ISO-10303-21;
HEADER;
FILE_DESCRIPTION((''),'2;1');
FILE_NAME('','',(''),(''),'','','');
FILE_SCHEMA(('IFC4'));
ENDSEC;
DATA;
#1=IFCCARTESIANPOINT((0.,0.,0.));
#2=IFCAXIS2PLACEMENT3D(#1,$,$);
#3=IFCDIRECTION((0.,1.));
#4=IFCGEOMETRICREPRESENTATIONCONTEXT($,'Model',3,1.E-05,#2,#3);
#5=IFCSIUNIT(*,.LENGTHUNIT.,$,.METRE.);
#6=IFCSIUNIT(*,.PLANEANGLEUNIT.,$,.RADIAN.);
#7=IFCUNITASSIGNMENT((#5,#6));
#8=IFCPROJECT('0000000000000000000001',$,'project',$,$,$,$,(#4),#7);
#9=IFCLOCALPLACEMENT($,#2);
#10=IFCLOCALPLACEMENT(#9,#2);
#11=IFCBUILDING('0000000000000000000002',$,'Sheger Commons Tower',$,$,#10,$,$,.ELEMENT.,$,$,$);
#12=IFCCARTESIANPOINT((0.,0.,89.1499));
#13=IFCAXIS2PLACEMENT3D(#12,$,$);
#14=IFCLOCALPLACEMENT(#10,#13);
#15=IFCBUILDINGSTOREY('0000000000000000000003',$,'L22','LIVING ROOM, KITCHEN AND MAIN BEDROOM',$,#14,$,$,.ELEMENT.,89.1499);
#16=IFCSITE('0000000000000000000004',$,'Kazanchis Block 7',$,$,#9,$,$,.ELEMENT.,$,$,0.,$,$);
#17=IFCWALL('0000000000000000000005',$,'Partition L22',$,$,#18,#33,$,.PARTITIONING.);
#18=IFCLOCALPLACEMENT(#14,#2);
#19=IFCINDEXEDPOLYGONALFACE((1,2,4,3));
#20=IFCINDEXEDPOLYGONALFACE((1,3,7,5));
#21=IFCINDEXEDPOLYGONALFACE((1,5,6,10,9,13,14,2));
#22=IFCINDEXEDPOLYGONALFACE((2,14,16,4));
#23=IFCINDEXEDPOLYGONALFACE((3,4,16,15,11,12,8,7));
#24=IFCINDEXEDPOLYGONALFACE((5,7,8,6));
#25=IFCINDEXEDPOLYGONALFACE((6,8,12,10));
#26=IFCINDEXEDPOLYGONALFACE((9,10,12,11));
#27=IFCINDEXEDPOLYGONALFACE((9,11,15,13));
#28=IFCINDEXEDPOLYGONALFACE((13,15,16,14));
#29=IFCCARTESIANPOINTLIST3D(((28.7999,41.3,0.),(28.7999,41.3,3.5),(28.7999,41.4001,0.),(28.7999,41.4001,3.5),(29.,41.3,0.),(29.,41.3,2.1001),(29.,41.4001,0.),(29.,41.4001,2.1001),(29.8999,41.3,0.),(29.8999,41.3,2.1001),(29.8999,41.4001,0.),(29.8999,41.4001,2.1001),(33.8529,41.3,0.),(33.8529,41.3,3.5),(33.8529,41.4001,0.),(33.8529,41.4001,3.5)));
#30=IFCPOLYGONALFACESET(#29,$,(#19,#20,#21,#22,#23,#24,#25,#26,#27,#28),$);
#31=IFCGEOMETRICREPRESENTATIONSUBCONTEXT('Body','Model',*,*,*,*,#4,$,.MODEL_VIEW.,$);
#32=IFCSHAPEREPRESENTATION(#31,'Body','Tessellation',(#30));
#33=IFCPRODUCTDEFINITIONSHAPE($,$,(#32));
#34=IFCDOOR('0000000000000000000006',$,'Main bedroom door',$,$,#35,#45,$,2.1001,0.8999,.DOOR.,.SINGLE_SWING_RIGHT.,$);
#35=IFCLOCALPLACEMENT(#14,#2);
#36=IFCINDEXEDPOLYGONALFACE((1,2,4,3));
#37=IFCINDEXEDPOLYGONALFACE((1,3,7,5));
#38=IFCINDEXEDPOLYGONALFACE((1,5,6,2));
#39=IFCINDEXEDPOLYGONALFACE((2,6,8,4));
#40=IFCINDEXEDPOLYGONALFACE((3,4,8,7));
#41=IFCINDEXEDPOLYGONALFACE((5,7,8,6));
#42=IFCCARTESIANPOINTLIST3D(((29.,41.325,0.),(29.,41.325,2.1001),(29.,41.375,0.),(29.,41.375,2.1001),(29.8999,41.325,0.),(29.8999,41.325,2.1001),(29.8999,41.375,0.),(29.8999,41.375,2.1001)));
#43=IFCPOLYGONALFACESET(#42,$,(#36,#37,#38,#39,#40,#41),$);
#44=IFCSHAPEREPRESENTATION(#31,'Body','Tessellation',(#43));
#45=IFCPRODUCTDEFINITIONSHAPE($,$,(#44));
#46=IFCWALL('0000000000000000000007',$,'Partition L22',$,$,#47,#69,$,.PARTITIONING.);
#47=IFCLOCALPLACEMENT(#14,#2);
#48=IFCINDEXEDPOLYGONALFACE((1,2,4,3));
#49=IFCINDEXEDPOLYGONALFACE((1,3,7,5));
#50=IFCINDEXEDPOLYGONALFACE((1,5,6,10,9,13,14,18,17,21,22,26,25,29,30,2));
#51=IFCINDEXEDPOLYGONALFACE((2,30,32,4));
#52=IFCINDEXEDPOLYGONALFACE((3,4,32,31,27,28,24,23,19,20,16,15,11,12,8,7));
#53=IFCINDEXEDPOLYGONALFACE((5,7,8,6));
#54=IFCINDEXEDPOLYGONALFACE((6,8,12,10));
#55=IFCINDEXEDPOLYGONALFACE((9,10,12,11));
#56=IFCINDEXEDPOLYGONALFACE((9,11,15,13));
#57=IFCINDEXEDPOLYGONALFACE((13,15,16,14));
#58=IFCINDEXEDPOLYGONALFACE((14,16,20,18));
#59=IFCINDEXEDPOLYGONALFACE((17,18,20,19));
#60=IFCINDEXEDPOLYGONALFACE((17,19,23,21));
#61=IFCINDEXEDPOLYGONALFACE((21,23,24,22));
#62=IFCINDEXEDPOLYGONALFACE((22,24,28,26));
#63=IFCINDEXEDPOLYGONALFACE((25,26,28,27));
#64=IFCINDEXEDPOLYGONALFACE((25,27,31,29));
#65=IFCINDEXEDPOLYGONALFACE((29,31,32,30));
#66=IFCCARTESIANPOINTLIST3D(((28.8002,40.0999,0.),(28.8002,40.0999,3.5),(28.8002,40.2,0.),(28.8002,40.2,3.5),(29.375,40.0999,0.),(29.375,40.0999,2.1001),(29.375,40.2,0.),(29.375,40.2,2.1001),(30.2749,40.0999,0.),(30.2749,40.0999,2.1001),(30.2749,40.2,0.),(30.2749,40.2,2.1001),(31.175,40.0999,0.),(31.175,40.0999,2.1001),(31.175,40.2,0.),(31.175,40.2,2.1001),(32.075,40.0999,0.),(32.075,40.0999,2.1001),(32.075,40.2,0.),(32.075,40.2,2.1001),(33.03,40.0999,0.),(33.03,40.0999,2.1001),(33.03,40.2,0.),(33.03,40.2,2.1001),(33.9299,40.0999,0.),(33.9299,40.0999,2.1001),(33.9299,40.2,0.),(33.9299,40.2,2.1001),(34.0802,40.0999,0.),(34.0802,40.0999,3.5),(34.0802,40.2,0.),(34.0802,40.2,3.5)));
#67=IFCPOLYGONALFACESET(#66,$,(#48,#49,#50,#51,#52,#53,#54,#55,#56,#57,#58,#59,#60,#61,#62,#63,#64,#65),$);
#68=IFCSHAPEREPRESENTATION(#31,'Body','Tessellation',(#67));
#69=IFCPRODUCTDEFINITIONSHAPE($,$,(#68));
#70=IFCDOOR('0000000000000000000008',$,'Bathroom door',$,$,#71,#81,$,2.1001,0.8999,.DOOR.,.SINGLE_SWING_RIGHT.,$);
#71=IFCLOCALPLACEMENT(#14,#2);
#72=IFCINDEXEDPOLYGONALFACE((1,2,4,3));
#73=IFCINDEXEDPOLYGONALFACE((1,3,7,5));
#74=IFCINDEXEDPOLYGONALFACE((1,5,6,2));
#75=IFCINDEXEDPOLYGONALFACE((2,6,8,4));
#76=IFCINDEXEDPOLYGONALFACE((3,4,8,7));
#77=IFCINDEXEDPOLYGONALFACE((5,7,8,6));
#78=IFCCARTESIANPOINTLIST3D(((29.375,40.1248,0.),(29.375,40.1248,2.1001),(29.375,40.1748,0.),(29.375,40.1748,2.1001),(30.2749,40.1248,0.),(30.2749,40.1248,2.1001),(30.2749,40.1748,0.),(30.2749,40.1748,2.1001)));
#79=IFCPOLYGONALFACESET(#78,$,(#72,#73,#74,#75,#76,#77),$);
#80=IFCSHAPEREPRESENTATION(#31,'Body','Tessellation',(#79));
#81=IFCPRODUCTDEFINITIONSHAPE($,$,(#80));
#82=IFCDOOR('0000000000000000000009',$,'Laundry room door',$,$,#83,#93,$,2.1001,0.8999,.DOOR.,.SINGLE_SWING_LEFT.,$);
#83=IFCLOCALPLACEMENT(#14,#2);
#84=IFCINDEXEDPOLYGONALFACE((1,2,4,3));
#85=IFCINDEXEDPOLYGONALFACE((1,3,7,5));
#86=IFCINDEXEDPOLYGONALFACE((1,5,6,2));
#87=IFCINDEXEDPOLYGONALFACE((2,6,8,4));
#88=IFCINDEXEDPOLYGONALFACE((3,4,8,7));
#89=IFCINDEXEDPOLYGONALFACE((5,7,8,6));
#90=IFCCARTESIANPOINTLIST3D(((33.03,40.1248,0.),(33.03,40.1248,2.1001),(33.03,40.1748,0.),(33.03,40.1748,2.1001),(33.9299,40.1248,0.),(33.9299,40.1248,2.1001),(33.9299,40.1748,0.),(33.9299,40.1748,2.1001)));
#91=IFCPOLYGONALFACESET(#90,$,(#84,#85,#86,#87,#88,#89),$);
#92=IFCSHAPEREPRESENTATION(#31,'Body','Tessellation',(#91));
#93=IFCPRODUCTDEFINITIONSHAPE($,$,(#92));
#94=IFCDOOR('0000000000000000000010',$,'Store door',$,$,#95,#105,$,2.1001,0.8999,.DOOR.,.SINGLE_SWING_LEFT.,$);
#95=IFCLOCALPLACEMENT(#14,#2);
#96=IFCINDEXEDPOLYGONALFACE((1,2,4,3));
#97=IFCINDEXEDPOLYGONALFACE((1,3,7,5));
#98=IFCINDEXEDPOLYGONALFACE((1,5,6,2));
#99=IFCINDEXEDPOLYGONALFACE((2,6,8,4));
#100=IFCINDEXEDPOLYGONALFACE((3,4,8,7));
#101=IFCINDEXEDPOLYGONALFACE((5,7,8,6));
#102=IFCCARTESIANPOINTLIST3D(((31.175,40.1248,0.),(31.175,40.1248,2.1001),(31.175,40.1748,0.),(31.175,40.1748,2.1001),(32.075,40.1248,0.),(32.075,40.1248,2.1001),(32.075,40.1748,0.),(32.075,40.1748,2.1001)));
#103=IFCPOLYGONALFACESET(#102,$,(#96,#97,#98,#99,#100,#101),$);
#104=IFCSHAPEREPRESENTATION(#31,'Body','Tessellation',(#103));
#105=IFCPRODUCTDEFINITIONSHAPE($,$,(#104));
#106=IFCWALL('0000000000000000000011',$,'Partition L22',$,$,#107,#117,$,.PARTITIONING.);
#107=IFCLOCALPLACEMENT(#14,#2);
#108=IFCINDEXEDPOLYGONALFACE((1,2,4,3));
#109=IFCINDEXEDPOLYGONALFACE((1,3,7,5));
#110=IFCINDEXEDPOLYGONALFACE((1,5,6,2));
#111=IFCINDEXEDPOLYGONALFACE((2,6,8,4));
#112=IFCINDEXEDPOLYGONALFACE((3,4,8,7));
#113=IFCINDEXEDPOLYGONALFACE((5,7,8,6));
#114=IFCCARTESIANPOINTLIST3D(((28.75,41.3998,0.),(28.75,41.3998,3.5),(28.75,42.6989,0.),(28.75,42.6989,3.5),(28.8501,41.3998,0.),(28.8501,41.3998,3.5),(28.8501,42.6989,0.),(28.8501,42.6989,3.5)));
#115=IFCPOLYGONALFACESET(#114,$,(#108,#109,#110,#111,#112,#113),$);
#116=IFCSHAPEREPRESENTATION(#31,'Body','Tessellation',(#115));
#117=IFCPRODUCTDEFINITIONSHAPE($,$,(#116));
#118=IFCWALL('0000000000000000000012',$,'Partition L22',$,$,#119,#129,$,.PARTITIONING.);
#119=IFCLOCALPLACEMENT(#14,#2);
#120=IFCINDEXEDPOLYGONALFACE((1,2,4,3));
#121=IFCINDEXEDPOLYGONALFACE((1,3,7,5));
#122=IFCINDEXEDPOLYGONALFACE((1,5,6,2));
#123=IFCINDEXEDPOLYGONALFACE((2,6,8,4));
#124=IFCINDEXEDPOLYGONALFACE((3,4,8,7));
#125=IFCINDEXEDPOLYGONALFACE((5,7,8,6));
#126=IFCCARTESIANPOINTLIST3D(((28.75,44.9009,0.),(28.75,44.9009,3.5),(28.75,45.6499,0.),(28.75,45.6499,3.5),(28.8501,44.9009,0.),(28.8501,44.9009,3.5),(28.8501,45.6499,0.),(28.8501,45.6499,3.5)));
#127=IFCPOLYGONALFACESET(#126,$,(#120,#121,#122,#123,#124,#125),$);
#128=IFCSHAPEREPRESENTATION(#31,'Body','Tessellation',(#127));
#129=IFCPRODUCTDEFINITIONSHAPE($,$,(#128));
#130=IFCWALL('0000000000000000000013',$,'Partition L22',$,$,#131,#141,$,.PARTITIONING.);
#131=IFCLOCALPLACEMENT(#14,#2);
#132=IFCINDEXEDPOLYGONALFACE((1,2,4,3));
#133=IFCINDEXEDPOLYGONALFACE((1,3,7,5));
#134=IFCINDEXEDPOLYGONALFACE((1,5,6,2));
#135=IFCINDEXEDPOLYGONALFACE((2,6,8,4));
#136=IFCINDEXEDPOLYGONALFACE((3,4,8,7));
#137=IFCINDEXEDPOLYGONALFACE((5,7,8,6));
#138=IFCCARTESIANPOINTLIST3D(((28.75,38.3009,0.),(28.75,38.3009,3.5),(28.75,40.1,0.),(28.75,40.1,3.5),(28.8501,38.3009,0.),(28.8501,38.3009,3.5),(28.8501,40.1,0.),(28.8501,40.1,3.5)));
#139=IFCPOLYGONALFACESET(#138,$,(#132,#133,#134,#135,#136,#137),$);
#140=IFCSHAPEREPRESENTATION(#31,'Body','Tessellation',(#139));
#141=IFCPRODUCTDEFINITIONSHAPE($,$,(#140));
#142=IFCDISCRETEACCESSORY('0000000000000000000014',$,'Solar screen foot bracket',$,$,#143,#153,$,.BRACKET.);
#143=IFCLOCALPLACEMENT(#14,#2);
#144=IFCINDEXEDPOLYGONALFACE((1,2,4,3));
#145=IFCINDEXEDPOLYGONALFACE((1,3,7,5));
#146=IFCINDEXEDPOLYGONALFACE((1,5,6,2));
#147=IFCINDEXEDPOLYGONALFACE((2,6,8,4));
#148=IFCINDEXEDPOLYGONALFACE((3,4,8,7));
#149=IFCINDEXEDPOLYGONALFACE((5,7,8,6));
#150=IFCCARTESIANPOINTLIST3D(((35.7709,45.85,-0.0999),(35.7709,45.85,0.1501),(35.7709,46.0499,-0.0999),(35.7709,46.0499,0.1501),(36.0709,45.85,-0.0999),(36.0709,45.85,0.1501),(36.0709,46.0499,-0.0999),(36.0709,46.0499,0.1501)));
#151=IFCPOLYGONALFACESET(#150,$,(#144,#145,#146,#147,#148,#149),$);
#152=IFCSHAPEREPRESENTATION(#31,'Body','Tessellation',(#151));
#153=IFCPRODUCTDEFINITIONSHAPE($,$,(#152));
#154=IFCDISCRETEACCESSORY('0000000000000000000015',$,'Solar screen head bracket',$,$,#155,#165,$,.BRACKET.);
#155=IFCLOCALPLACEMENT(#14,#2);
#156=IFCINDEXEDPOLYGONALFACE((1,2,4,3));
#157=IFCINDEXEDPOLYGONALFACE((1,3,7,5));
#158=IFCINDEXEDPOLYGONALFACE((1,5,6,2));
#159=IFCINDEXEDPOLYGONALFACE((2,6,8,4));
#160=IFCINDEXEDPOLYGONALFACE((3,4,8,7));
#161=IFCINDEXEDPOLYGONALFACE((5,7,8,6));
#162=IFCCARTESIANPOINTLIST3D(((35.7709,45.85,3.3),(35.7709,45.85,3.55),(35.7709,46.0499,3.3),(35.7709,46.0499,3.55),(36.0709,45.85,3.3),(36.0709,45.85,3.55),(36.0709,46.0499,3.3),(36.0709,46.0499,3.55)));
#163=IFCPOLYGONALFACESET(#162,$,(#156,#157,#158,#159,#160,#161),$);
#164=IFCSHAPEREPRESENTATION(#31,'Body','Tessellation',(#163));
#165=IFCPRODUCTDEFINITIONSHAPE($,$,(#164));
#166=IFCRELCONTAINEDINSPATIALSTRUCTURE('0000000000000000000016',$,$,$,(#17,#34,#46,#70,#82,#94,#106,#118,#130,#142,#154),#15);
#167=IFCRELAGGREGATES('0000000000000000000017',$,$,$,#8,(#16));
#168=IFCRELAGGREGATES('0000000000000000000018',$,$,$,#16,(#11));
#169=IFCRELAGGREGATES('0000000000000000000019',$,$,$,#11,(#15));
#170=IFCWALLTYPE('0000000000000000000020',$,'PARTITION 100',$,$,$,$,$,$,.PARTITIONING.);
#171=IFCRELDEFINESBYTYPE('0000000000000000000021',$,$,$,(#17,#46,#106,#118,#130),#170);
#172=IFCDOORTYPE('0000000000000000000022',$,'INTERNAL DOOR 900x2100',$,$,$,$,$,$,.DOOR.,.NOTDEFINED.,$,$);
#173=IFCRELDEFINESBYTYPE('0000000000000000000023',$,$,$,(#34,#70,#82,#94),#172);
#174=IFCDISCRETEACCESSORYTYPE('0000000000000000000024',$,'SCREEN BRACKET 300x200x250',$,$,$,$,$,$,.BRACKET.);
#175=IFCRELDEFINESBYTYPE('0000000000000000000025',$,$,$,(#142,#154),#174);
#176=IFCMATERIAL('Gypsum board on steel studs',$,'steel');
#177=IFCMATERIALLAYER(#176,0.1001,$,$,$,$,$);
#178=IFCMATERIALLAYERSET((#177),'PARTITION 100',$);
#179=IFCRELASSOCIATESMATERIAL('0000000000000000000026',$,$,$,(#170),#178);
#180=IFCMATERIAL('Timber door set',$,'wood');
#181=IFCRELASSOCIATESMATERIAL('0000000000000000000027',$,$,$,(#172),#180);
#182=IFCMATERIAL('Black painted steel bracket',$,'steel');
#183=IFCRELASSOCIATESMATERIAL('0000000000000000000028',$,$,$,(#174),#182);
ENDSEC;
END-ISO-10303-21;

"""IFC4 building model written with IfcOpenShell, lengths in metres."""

from ifc_helpers import new_model, si_unit, direction, frame, frame_2d, origin, origin_2d, place, context, subcontext, project, spatial, rectangle, extrude, material, layer, layer_set, type_object, element, fill, save


model = new_model("IFC4")

# Units and contexts
model_context = context("Model", 3, precision=1e-05, world=origin(), true_north=direction((0.0, 1.0)))
body_context = subcontext(model_context, "Body", "Model", "MODEL_VIEW")
ifc_project = project(units=[si_unit("LENGTHUNIT", "METRE"), si_unit("PLANEANGLEUNIT", "RADIAN")], contexts=[model_context])

# Site, building, storey
site_placement = place(None, origin())
site = spatial("IfcSite", under=ifc_project, at=site_placement, Name="Kazanchis Block 7", CompositionType="ELEMENT", RefElevation=0.0)
building_placement = place(site_placement, origin())
building = spatial("IfcBuilding", under=site, at=building_placement, Name="Sheger Commons Tower", CompositionType="ELEMENT")
storey_placement = place(building_placement, frame((0.0, 0.0, 89.1499)))
storey = spatial("IfcBuildingStorey", under=building, at=storey_placement, Name="L22", Description="LIVING ROOM, KITCHEN AND MAIN BEDROOM", CompositionType="ELEMENT", Elevation=89.1499)

# Shared definitions
ifc_material_1 = material(Name="Gypsum board on steel studs", Category="steel")
ifc_layer_1 = layer(ifc_material_1, 0.1001)
ifc_layer_set_1 = layer_set([ifc_layer_1], Name="PARTITION 100")
wall_type_1 = type_object("IfcWallType", Name="PARTITION 100", PredefinedType="PARTITIONING", material=ifc_layer_set_1)

# Wall, opening, door
wall_1_placement = place(storey_placement, frame((28.8, 41.3501, 0.0), z_axis=(0.0, 0.0, 1.0), x_axis=(1.0, 0.0, 0.0)))
wall_1 = element("IfcWall", 1, at=wall_1_placement, inside=storey, type_object=wall_type_1, Name="Partition L22", PredefinedType="PARTITIONING", context=body_context, shape_type="SweptSolid", body=[
    extrude(rectangle(XDim=5.053, YDim=0.1001, at=frame_2d((2.5264, 0.0))), origin(), (0.0, 0.0, 1.0), 3.5),
])
opening_1_placement = place(wall_1_placement, frame((0.2, 0.0, 0.0)))
opening_1 = element("IfcOpeningElement", 2, at=opening_1_placement, cuts=wall_1, PredefinedType="OPENING", context=body_context, shape_type="SweptSolid", body=[
    extrude(rectangle(XDim=0.8999, YDim=2.1001, at=frame_2d((0.45, 1.05))), frame((0.0, 0.0601, 0.0), z_axis=(0.0, -1.0, 0.0), x_axis=(1.0, 0.0, 0.0)), (0.0, 0.0, 1.0), 0.1201),
])
ifc_material_2 = material(Name="Timber door set", Category="wood")
door_type_1 = type_object("IfcDoorType", Name="INTERNAL DOOR 900x2100", OperationType="NOTDEFINED", PredefinedType="DOOR", material=ifc_material_2)
door_1_placement = place(opening_1_placement, origin())
door_1 = element("IfcDoor", 3, at=door_1_placement, inside=storey, type_object=door_type_1, Name="Main bedroom door", OperationType="SINGLE_SWING_RIGHT", OverallHeight=2.1001, OverallWidth=0.8999, PredefinedType="DOOR", context=body_context, shape_type="SweptSolid", body=[
    extrude(rectangle(XDim=0.8999, YDim=2.1001, at=frame_2d((0.45, 1.05))), frame((0.0, 0.0249, 0.0), z_axis=(0.0, -1.0, 0.0), x_axis=(1.0, 0.0, 0.0)), (0.0, 0.0, 1.0), 0.05),
])
fill(opening_1, door_1)

# Wall, openings, doors
wall_2_placement = place(storey_placement, frame((28.8, 40.1499, 0.0), z_axis=(0.0, 0.0, 1.0), x_axis=(1.0, 0.0, 0.0)))
wall_2 = element("IfcWall", 4, at=wall_2_placement, inside=storey, type_object=wall_type_1, Name="Partition L22", PredefinedType="PARTITIONING", context=body_context, shape_type="SweptSolid", body=[
    extrude(rectangle(XDim=5.28, YDim=0.1001, at=frame_2d((2.6401, 0.0))), origin(), (0.0, 0.0, 1.0), 3.5),
])
opening_2_placement = place(wall_2_placement, frame((0.575, 0.0, 0.0)))
opening_2 = element("IfcOpeningElement", 5, at=opening_2_placement, cuts=wall_2, PredefinedType="OPENING", context=body_context, shape_type="SweptSolid", body=[
    extrude(rectangle(XDim=0.8999, YDim=2.1001, at=frame_2d((0.45, 1.05))), frame((0.0, 0.0601, 0.0), z_axis=(0.0, -1.0, 0.0), x_axis=(1.0, 0.0, 0.0)), (0.0, 0.0, 1.0), 0.1201),
])
opening_3_placement = place(wall_2_placement, frame((4.23, 0.0, 0.0)))
opening_3 = element("IfcOpeningElement", 6, at=opening_3_placement, cuts=wall_2, PredefinedType="OPENING", context=body_context, shape_type="SweptSolid", body=[
    extrude(rectangle(XDim=0.8999, YDim=2.1001, at=frame_2d((0.45, 1.05))), frame((0.0, 0.0601, 0.0), z_axis=(0.0, -1.0, 0.0), x_axis=(1.0, 0.0, 0.0)), (0.0, 0.0, 1.0), 0.1201),
])
opening_4_placement = place(wall_2_placement, frame((2.375, 0.0, 0.0)))
opening_4 = element("IfcOpeningElement", 7, at=opening_4_placement, cuts=wall_2, PredefinedType="OPENING", context=body_context, shape_type="SweptSolid", body=[
    extrude(rectangle(XDim=0.8999, YDim=2.1001, at=frame_2d((0.45, 1.05))), frame((0.0, 0.0601, 0.0), z_axis=(0.0, -1.0, 0.0), x_axis=(1.0, 0.0, 0.0)), (0.0, 0.0, 1.0), 0.1201),
])
door_2_placement = place(opening_2_placement, origin())
door_2 = element("IfcDoor", 8, at=door_2_placement, inside=storey, type_object=door_type_1, Name="Bathroom door", OperationType="SINGLE_SWING_RIGHT", OverallHeight=2.1001, OverallWidth=0.8999, PredefinedType="DOOR", context=body_context, shape_type="SweptSolid", body=[
    extrude(rectangle(XDim=0.8999, YDim=2.1001, at=frame_2d((0.45, 1.05))), frame((0.0, 0.0249, 0.0), z_axis=(0.0, -1.0, 0.0), x_axis=(1.0, 0.0, 0.0)), (0.0, 0.0, 1.0), 0.05),
])
fill(opening_2, door_2)
door_3_placement = place(opening_3_placement, origin())
door_3 = element("IfcDoor", 9, at=door_3_placement, inside=storey, type_object=door_type_1, Name="Laundry room door", OperationType="SINGLE_SWING_LEFT", OverallHeight=2.1001, OverallWidth=0.8999, PredefinedType="DOOR", context=body_context, shape_type="SweptSolid", body=[
    extrude(rectangle(XDim=0.8999, YDim=2.1001, at=frame_2d((0.45, 1.05))), frame((0.0, 0.0249, 0.0), z_axis=(0.0, -1.0, 0.0), x_axis=(1.0, 0.0, 0.0)), (0.0, 0.0, 1.0), 0.05),
])
fill(opening_3, door_3)
door_4_placement = place(opening_4_placement, origin())
door_4 = element("IfcDoor", 10, at=door_4_placement, inside=storey, type_object=door_type_1, Name="Store door", OperationType="SINGLE_SWING_LEFT", OverallHeight=2.1001, OverallWidth=0.8999, PredefinedType="DOOR", context=body_context, shape_type="SweptSolid", body=[
    extrude(rectangle(XDim=0.8999, YDim=2.1001, at=frame_2d((0.45, 1.05))), frame((0.0, 0.0249, 0.0), z_axis=(0.0, -1.0, 0.0), x_axis=(1.0, 0.0, 0.0)), (0.0, 0.0, 1.0), 0.05),
])
fill(opening_4, door_4)

# Walls
wall_3_placement = place(storey_placement, frame((28.8, 41.3999, 0.0), z_axis=(0.0, 0.0, 1.0), x_axis=(0.0, 1.0, 0.0)))
element("IfcWall", 11, at=wall_3_placement, inside=storey, type_object=wall_type_1, Name="Partition L22", PredefinedType="PARTITIONING", context=body_context, shape_type="SweptSolid", body=[
    extrude(rectangle(XDim=1.2991, YDim=0.1001, at=frame_2d((0.6494, 0.0))), origin(), (0.0, 0.0, 1.0), 3.5),
])
wall_4_placement = place(storey_placement, frame((28.8, 44.9009, 0.0), z_axis=(0.0, 0.0, 1.0), x_axis=(0.0, 1.0, 0.0)))
element("IfcWall", 12, at=wall_4_placement, inside=storey, type_object=wall_type_1, Name="Partition L22", PredefinedType="PARTITIONING", context=body_context, shape_type="SweptSolid", body=[
    extrude(rectangle(XDim=0.749, YDim=0.1001, at=frame_2d((0.3745, 0.0))), origin(), (0.0, 0.0, 1.0), 3.5),
])
wall_5_placement = place(storey_placement, frame((28.8, 38.301, 0.0), z_axis=(0.0, 0.0, 1.0), x_axis=(0.0, 1.0, 0.0)))
element("IfcWall", 13, at=wall_5_placement, inside=storey, type_object=wall_type_1, Name="Partition L22", PredefinedType="PARTITIONING", context=body_context, shape_type="SweptSolid", body=[
    extrude(rectangle(XDim=1.7991, YDim=0.1001, at=frame_2d((0.8994, 0.0))), origin(), (0.0, 0.0, 1.0), 3.5),
])

# Discrete accessories
ifc_material_3 = material(Name="Black painted steel bracket", Category="steel")
discrete_accessory_type = type_object("IfcDiscreteAccessoryType", Name="SCREEN BRACKET 300x200x250", PredefinedType="BRACKET", material=ifc_material_3)
for number, where, z_axis, x_axis, name in (
    (14, (35.9209, 45.95, -0.0999), (0.0, 0.0, 1.0), (-1.0, 0.0, 0.0), "Solar screen foot bracket"),
    (15, (35.9209, 45.95, 3.3), (0.0, 0.0, 1.0), (-1.0, 0.0, 0.0), "Solar screen head bracket"),
):
    element("IfcDiscreteAccessory", number, at=place(storey_placement, frame(where, z_axis=z_axis, x_axis=x_axis)), inside=storey, type_object=discrete_accessory_type, Name=name, PredefinedType="BRACKET", context=body_context, shape_type="SweptSolid", body=[
        extrude(rectangle(XDim=0.3, YDim=0.2, at=origin_2d()), origin(), (0.0, 0.0, 1.0), 0.25),
    ])

save(model, "model.ifc")
